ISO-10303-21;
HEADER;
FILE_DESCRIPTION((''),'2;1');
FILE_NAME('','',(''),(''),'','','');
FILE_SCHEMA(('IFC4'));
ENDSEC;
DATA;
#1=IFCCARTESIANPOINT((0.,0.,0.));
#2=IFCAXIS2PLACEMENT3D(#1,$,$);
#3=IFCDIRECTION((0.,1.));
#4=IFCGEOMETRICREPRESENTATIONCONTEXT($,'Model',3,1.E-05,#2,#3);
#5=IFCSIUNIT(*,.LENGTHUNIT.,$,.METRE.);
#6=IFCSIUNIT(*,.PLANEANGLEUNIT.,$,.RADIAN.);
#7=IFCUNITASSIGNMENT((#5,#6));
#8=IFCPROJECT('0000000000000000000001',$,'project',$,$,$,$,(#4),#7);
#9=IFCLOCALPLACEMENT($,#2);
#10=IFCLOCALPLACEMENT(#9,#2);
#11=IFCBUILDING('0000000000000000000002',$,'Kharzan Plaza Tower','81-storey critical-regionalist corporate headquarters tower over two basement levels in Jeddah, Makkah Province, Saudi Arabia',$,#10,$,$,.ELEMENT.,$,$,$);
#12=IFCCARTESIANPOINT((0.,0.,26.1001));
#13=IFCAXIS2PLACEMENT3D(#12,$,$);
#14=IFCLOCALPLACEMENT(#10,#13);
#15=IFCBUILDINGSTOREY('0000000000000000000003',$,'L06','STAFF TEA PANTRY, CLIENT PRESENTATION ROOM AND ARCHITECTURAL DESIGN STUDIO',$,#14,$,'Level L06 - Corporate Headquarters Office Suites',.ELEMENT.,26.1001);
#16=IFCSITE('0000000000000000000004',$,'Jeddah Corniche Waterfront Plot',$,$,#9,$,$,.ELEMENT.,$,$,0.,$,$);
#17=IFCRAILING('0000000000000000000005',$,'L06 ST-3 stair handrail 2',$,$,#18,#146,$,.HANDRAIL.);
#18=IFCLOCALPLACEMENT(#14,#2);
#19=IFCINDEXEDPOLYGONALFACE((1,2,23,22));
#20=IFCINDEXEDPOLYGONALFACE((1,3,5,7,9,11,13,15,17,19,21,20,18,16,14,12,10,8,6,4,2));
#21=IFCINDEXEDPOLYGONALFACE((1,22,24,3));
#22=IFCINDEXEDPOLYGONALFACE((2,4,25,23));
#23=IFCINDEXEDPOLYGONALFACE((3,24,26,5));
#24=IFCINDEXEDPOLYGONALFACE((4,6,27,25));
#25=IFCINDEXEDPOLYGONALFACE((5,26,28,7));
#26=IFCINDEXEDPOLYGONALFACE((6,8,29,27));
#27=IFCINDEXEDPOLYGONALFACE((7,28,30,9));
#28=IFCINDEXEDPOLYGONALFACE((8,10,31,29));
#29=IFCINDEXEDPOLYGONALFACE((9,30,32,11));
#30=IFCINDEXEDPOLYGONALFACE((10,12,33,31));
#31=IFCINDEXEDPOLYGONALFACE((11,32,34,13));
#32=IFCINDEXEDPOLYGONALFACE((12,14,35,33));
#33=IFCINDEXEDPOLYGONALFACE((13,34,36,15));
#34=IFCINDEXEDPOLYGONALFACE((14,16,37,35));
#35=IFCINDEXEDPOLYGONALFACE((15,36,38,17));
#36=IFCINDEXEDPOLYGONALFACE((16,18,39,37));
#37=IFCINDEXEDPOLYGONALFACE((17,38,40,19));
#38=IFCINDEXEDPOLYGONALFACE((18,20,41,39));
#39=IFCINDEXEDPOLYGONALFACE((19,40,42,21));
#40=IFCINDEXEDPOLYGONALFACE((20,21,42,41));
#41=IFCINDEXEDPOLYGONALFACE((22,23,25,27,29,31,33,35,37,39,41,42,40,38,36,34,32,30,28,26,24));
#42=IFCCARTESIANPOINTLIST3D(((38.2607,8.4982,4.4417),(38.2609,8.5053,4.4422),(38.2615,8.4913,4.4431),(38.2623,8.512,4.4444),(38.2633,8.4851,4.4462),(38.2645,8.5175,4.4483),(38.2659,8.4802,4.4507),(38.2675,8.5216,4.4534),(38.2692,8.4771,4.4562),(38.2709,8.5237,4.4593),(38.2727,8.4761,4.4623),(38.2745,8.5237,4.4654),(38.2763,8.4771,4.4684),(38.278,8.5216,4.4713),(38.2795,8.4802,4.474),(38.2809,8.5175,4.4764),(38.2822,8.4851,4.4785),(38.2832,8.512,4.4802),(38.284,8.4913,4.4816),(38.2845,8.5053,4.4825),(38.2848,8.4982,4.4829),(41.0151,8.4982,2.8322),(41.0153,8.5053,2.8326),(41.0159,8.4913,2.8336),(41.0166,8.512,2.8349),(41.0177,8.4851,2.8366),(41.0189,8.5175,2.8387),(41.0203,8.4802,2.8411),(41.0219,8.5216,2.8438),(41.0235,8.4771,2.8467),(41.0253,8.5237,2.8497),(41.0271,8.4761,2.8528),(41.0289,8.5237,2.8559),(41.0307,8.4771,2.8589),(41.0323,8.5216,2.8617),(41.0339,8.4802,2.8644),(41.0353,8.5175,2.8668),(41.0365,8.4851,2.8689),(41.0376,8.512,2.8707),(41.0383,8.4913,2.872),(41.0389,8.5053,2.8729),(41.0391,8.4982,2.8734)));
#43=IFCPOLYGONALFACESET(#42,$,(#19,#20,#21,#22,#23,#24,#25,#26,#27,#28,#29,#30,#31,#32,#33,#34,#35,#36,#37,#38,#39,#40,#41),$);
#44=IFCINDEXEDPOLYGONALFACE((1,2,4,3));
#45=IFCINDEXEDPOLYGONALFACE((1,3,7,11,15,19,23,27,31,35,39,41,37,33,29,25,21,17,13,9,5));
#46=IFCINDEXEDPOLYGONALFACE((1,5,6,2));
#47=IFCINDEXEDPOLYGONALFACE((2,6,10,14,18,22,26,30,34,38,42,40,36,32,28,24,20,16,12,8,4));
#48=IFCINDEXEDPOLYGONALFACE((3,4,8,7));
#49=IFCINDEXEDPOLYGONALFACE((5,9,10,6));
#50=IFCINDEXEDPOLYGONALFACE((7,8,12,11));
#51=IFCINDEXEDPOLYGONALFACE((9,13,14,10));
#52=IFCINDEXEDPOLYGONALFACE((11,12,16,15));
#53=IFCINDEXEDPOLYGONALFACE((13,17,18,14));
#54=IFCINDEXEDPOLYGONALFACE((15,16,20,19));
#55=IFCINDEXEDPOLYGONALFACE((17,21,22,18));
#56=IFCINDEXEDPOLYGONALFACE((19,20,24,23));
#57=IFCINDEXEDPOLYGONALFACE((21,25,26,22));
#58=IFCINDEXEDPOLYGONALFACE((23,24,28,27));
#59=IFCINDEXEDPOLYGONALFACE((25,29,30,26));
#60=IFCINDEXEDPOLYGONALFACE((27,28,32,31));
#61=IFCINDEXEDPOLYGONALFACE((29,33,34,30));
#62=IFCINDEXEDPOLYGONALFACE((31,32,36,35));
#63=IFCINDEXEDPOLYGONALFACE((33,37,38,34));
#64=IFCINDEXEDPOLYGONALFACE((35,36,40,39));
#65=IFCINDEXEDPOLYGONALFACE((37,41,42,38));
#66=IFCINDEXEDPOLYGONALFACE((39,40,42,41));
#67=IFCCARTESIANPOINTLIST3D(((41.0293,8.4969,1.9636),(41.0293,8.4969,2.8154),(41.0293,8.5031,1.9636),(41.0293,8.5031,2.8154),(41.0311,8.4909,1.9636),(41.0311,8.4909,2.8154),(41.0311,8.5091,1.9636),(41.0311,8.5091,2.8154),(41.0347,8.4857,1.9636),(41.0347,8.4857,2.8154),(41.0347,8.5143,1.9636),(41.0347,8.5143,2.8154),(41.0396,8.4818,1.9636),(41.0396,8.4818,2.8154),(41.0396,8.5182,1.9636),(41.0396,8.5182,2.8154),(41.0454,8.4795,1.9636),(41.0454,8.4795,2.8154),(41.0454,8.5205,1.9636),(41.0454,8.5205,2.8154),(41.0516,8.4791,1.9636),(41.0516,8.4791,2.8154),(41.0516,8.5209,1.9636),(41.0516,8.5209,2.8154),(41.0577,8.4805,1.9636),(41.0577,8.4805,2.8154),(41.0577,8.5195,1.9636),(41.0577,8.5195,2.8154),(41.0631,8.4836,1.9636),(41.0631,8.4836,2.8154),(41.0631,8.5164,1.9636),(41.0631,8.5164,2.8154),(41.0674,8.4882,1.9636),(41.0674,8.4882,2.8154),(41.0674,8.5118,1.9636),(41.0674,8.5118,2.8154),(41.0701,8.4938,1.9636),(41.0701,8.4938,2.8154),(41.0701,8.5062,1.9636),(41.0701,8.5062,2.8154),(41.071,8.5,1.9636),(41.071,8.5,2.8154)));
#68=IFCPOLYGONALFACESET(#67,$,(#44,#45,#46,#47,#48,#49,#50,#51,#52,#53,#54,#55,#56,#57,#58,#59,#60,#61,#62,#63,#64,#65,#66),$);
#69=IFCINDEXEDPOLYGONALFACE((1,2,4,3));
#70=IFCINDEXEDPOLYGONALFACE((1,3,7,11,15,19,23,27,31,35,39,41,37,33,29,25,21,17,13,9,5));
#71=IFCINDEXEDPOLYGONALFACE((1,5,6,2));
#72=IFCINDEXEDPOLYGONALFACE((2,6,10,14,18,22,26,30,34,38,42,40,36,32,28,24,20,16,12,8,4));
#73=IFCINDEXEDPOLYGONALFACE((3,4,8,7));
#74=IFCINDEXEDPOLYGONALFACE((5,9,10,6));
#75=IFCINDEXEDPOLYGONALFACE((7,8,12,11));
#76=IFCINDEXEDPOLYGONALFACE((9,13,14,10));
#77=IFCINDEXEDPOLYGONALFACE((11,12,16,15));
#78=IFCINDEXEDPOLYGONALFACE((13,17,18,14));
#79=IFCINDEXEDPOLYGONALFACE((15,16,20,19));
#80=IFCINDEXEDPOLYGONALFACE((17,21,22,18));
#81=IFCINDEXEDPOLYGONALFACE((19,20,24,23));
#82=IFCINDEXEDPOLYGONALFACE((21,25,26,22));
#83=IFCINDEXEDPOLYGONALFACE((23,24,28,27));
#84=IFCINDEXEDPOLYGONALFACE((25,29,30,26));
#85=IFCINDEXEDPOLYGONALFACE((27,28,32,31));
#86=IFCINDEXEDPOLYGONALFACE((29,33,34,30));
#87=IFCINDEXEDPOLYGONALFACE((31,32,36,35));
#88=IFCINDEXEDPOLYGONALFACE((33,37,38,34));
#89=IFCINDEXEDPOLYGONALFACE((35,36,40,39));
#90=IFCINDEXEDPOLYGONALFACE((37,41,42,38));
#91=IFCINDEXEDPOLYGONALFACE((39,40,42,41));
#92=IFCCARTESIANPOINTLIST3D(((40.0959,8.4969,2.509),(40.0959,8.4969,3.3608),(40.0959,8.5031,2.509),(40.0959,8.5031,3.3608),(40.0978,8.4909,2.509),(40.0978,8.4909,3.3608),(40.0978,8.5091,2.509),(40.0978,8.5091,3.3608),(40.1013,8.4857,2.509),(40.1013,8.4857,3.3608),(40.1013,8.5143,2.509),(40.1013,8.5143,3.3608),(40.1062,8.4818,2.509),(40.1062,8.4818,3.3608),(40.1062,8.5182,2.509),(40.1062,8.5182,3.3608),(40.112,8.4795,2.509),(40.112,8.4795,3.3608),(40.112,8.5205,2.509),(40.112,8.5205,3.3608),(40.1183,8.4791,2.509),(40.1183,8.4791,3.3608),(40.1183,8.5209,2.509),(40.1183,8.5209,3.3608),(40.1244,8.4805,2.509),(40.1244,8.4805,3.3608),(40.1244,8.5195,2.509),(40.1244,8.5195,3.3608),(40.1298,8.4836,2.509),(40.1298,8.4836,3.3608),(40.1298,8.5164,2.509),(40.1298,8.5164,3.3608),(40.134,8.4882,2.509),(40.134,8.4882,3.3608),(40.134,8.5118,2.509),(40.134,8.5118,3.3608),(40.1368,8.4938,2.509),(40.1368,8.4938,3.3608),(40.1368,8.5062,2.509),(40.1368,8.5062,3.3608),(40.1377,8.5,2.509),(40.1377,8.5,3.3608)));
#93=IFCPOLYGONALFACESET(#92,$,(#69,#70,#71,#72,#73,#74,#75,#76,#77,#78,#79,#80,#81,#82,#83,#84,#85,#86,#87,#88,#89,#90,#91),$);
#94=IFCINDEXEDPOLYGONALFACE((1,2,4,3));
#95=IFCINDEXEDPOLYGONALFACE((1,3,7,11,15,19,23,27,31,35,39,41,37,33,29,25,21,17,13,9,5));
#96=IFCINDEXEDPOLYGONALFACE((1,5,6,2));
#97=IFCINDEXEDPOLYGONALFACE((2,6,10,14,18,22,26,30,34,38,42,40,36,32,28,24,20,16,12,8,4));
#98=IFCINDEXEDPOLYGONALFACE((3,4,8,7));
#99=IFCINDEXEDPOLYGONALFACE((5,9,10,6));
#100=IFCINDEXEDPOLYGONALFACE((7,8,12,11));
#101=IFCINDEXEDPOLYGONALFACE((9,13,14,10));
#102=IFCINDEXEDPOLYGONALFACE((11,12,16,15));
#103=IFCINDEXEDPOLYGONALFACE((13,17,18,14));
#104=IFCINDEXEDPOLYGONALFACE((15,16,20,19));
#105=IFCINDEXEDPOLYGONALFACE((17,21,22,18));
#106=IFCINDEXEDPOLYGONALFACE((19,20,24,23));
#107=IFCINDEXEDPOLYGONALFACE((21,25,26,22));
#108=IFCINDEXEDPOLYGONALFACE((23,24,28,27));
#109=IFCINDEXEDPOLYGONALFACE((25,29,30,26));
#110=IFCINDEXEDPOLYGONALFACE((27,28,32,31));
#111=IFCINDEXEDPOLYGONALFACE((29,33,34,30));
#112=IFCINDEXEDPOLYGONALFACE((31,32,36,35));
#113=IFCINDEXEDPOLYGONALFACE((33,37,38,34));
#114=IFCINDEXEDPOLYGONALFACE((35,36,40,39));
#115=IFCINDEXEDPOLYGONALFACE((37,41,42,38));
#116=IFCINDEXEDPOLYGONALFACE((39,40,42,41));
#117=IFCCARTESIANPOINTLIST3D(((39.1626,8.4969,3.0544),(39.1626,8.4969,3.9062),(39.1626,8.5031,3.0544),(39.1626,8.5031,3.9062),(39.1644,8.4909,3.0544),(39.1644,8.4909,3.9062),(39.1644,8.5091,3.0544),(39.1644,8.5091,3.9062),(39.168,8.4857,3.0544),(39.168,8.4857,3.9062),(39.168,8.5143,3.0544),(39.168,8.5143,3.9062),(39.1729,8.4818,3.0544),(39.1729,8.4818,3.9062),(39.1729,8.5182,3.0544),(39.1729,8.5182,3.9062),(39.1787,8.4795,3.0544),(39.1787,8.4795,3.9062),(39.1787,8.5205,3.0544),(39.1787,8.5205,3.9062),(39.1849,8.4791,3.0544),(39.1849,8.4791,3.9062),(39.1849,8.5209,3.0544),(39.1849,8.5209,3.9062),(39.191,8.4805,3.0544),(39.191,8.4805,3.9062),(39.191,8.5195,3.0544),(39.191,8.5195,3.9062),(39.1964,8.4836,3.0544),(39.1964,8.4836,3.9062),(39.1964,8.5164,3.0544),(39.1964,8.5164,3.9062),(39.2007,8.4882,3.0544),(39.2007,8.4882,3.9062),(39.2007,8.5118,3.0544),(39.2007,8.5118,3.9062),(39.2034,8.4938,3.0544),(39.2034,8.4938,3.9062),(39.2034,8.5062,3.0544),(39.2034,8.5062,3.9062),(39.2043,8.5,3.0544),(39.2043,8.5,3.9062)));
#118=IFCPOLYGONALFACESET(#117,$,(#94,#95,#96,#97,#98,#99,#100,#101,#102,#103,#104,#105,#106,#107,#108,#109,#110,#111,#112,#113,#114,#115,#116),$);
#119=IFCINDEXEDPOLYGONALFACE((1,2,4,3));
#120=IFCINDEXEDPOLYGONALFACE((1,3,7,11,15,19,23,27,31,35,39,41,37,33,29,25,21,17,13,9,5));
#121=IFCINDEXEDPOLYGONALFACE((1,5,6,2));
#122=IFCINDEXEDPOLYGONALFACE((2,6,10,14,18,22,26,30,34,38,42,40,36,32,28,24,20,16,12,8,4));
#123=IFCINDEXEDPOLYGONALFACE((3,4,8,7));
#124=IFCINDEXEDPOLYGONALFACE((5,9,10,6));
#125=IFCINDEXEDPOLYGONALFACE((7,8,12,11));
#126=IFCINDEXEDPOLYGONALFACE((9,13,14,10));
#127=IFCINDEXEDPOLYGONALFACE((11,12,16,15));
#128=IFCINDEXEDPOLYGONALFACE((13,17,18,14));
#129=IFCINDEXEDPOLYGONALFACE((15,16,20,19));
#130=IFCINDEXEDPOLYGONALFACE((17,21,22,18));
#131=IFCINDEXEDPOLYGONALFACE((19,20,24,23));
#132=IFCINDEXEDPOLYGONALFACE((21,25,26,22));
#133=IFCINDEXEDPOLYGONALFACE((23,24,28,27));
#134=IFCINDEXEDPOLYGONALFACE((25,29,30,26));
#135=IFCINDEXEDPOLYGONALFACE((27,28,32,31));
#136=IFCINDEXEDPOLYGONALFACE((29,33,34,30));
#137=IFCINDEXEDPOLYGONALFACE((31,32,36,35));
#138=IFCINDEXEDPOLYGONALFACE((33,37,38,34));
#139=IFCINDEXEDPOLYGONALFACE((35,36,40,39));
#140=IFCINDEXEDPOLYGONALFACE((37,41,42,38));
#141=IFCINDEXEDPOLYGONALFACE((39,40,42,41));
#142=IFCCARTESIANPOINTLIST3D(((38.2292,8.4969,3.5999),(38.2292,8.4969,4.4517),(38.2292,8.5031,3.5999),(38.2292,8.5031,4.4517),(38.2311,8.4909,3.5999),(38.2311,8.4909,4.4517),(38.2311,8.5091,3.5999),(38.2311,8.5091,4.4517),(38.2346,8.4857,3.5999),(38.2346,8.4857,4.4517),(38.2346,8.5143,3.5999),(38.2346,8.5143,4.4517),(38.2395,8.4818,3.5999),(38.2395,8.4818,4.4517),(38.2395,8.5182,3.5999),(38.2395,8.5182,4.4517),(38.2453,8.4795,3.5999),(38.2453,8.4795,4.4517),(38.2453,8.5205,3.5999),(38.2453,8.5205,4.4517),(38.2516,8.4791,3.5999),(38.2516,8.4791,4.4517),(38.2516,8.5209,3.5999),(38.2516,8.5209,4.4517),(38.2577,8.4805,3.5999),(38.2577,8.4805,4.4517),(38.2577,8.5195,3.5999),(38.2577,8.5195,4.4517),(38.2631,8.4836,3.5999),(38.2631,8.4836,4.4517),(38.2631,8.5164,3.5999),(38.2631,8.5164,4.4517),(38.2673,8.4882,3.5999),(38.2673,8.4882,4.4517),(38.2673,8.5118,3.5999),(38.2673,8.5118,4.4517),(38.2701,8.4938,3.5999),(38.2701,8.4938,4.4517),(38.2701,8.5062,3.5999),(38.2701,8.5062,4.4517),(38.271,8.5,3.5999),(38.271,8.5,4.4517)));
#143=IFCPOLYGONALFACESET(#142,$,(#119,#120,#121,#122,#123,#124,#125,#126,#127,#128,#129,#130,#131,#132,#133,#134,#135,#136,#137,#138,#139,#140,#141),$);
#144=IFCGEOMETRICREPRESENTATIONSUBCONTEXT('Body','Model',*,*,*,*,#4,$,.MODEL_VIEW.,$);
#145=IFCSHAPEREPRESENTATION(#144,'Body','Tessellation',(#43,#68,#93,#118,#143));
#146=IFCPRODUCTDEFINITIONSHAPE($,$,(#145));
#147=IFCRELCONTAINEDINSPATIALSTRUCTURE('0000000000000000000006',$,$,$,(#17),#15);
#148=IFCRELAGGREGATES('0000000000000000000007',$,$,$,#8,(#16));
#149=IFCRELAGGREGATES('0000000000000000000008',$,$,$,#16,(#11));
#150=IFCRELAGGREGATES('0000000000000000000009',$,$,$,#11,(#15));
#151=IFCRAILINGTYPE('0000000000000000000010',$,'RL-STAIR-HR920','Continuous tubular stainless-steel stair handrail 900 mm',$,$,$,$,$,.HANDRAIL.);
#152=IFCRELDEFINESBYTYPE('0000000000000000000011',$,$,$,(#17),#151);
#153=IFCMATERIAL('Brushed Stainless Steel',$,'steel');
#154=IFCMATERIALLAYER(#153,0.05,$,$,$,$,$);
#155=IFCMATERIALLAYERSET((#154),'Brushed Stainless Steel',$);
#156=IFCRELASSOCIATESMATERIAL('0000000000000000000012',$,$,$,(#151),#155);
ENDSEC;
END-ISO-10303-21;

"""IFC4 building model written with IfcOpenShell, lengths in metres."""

from ifc_helpers import new_model, si_unit, direction, frame, origin, origin_2d, place, context, subcontext, project, spatial, circle, extrude, source, transform, mapped, material, layer, layer_set, type_object, element, save


model = new_model("IFC4")

# Units and contexts
model_context = context("Model", 3, precision=1e-05, world=origin(), true_north=direction((0.0, 1.0)))
body_context = subcontext(model_context, "Body", "Model", "MODEL_VIEW")
ifc_project = project(units=[si_unit("LENGTHUNIT", "METRE"), si_unit("PLANEANGLEUNIT", "RADIAN")], contexts=[model_context])

# Site, building, storey
site_placement = place(None, origin())
site = spatial("IfcSite", under=ifc_project, at=site_placement, Name="Jeddah Corniche Waterfront Plot", CompositionType="ELEMENT", RefElevation=0.0)
building_placement = place(site_placement, origin())
building = spatial("IfcBuilding", under=site, at=building_placement, Name="Kharzan Plaza Tower", Description="81-storey critical-regionalist corporate headquarters tower over two basement levels in Jeddah, Makkah Province, Saudi Arabia", CompositionType="ELEMENT")
storey_placement = place(building_placement, frame((0.0, 0.0, 26.1001)))
storey = spatial("IfcBuildingStorey", under=building, at=storey_placement, Name="L06", Description="STAFF TEA PANTRY, CLIENT PRESENTATION ROOM AND ARCHITECTURAL DESIGN STUDIO", LongName="Level L06 - Corporate Headquarters Office Suites", CompositionType="ELEMENT", Elevation=26.1001)

# Shared definitions
ifc_material_1 = material(Name="Brushed Stainless Steel", Category="steel")

# Railing
ifc_layer_1 = layer(ifc_material_1, 0.05)
ifc_layer_set_1 = layer_set([ifc_layer_1], Name="Brushed Stainless Steel")
railing_type_1 = type_object("IfcRailingType", Name="RL-STAIR-HR920", Description="Continuous tubular stainless-steel stair handrail 900 mm", PredefinedType="HANDRAIL", material=ifc_layer_set_1)
shared_shape_1 = source(origin(), body_context, "Body", "SweptSolid", [
    extrude(circle(Radius=0.0239, at=origin_2d()), frame((-0.0229, 0.0, 0.8892), z_axis=(-0.863394, 0.0, 0.504531), x_axis=(0.0, -1.0, 0.0)), (0.0, 0.0, 1.0), 3.1902),
    extrude(circle(Radius=0.021, at=origin_2d()), origin(), (0.0, 0.0, 1.0), 0.8518),
    extrude(circle(Radius=0.021, at=origin_2d()), frame((-0.9333, 0.0, 0.5454)), (0.0, 0.0, 1.0), 0.8518),
    extrude(circle(Radius=0.021, at=origin_2d()), frame((-1.8667, 0.0, 1.0908)), (0.0, 0.0, 1.0), 0.8518),
    extrude(circle(Radius=0.021, at=origin_2d()), frame((-2.8, 0.0, 1.6362)), (0.0, 0.0, 1.0), 0.8518),
])
railing_1_placement = place(storey_placement, frame((41.05, 8.5, 1.9636)))
element("IfcRailing", 1, at=railing_1_placement, inside=storey, type_object=railing_type_1, Name="L06 ST-3 stair handrail 2", PredefinedType="HANDRAIL", context=body_context, shape_type="MappedRepresentation", body=[
    mapped(shared_shape_1, transform((0.0, 0.0, 0.0), x_axis=(1.0, 0.0, 0.0), y_axis=(0.0, 1.0, 0.0), z_axis=(0.0, 0.0, 1.0))),
])

save(model, "model.ifc")
